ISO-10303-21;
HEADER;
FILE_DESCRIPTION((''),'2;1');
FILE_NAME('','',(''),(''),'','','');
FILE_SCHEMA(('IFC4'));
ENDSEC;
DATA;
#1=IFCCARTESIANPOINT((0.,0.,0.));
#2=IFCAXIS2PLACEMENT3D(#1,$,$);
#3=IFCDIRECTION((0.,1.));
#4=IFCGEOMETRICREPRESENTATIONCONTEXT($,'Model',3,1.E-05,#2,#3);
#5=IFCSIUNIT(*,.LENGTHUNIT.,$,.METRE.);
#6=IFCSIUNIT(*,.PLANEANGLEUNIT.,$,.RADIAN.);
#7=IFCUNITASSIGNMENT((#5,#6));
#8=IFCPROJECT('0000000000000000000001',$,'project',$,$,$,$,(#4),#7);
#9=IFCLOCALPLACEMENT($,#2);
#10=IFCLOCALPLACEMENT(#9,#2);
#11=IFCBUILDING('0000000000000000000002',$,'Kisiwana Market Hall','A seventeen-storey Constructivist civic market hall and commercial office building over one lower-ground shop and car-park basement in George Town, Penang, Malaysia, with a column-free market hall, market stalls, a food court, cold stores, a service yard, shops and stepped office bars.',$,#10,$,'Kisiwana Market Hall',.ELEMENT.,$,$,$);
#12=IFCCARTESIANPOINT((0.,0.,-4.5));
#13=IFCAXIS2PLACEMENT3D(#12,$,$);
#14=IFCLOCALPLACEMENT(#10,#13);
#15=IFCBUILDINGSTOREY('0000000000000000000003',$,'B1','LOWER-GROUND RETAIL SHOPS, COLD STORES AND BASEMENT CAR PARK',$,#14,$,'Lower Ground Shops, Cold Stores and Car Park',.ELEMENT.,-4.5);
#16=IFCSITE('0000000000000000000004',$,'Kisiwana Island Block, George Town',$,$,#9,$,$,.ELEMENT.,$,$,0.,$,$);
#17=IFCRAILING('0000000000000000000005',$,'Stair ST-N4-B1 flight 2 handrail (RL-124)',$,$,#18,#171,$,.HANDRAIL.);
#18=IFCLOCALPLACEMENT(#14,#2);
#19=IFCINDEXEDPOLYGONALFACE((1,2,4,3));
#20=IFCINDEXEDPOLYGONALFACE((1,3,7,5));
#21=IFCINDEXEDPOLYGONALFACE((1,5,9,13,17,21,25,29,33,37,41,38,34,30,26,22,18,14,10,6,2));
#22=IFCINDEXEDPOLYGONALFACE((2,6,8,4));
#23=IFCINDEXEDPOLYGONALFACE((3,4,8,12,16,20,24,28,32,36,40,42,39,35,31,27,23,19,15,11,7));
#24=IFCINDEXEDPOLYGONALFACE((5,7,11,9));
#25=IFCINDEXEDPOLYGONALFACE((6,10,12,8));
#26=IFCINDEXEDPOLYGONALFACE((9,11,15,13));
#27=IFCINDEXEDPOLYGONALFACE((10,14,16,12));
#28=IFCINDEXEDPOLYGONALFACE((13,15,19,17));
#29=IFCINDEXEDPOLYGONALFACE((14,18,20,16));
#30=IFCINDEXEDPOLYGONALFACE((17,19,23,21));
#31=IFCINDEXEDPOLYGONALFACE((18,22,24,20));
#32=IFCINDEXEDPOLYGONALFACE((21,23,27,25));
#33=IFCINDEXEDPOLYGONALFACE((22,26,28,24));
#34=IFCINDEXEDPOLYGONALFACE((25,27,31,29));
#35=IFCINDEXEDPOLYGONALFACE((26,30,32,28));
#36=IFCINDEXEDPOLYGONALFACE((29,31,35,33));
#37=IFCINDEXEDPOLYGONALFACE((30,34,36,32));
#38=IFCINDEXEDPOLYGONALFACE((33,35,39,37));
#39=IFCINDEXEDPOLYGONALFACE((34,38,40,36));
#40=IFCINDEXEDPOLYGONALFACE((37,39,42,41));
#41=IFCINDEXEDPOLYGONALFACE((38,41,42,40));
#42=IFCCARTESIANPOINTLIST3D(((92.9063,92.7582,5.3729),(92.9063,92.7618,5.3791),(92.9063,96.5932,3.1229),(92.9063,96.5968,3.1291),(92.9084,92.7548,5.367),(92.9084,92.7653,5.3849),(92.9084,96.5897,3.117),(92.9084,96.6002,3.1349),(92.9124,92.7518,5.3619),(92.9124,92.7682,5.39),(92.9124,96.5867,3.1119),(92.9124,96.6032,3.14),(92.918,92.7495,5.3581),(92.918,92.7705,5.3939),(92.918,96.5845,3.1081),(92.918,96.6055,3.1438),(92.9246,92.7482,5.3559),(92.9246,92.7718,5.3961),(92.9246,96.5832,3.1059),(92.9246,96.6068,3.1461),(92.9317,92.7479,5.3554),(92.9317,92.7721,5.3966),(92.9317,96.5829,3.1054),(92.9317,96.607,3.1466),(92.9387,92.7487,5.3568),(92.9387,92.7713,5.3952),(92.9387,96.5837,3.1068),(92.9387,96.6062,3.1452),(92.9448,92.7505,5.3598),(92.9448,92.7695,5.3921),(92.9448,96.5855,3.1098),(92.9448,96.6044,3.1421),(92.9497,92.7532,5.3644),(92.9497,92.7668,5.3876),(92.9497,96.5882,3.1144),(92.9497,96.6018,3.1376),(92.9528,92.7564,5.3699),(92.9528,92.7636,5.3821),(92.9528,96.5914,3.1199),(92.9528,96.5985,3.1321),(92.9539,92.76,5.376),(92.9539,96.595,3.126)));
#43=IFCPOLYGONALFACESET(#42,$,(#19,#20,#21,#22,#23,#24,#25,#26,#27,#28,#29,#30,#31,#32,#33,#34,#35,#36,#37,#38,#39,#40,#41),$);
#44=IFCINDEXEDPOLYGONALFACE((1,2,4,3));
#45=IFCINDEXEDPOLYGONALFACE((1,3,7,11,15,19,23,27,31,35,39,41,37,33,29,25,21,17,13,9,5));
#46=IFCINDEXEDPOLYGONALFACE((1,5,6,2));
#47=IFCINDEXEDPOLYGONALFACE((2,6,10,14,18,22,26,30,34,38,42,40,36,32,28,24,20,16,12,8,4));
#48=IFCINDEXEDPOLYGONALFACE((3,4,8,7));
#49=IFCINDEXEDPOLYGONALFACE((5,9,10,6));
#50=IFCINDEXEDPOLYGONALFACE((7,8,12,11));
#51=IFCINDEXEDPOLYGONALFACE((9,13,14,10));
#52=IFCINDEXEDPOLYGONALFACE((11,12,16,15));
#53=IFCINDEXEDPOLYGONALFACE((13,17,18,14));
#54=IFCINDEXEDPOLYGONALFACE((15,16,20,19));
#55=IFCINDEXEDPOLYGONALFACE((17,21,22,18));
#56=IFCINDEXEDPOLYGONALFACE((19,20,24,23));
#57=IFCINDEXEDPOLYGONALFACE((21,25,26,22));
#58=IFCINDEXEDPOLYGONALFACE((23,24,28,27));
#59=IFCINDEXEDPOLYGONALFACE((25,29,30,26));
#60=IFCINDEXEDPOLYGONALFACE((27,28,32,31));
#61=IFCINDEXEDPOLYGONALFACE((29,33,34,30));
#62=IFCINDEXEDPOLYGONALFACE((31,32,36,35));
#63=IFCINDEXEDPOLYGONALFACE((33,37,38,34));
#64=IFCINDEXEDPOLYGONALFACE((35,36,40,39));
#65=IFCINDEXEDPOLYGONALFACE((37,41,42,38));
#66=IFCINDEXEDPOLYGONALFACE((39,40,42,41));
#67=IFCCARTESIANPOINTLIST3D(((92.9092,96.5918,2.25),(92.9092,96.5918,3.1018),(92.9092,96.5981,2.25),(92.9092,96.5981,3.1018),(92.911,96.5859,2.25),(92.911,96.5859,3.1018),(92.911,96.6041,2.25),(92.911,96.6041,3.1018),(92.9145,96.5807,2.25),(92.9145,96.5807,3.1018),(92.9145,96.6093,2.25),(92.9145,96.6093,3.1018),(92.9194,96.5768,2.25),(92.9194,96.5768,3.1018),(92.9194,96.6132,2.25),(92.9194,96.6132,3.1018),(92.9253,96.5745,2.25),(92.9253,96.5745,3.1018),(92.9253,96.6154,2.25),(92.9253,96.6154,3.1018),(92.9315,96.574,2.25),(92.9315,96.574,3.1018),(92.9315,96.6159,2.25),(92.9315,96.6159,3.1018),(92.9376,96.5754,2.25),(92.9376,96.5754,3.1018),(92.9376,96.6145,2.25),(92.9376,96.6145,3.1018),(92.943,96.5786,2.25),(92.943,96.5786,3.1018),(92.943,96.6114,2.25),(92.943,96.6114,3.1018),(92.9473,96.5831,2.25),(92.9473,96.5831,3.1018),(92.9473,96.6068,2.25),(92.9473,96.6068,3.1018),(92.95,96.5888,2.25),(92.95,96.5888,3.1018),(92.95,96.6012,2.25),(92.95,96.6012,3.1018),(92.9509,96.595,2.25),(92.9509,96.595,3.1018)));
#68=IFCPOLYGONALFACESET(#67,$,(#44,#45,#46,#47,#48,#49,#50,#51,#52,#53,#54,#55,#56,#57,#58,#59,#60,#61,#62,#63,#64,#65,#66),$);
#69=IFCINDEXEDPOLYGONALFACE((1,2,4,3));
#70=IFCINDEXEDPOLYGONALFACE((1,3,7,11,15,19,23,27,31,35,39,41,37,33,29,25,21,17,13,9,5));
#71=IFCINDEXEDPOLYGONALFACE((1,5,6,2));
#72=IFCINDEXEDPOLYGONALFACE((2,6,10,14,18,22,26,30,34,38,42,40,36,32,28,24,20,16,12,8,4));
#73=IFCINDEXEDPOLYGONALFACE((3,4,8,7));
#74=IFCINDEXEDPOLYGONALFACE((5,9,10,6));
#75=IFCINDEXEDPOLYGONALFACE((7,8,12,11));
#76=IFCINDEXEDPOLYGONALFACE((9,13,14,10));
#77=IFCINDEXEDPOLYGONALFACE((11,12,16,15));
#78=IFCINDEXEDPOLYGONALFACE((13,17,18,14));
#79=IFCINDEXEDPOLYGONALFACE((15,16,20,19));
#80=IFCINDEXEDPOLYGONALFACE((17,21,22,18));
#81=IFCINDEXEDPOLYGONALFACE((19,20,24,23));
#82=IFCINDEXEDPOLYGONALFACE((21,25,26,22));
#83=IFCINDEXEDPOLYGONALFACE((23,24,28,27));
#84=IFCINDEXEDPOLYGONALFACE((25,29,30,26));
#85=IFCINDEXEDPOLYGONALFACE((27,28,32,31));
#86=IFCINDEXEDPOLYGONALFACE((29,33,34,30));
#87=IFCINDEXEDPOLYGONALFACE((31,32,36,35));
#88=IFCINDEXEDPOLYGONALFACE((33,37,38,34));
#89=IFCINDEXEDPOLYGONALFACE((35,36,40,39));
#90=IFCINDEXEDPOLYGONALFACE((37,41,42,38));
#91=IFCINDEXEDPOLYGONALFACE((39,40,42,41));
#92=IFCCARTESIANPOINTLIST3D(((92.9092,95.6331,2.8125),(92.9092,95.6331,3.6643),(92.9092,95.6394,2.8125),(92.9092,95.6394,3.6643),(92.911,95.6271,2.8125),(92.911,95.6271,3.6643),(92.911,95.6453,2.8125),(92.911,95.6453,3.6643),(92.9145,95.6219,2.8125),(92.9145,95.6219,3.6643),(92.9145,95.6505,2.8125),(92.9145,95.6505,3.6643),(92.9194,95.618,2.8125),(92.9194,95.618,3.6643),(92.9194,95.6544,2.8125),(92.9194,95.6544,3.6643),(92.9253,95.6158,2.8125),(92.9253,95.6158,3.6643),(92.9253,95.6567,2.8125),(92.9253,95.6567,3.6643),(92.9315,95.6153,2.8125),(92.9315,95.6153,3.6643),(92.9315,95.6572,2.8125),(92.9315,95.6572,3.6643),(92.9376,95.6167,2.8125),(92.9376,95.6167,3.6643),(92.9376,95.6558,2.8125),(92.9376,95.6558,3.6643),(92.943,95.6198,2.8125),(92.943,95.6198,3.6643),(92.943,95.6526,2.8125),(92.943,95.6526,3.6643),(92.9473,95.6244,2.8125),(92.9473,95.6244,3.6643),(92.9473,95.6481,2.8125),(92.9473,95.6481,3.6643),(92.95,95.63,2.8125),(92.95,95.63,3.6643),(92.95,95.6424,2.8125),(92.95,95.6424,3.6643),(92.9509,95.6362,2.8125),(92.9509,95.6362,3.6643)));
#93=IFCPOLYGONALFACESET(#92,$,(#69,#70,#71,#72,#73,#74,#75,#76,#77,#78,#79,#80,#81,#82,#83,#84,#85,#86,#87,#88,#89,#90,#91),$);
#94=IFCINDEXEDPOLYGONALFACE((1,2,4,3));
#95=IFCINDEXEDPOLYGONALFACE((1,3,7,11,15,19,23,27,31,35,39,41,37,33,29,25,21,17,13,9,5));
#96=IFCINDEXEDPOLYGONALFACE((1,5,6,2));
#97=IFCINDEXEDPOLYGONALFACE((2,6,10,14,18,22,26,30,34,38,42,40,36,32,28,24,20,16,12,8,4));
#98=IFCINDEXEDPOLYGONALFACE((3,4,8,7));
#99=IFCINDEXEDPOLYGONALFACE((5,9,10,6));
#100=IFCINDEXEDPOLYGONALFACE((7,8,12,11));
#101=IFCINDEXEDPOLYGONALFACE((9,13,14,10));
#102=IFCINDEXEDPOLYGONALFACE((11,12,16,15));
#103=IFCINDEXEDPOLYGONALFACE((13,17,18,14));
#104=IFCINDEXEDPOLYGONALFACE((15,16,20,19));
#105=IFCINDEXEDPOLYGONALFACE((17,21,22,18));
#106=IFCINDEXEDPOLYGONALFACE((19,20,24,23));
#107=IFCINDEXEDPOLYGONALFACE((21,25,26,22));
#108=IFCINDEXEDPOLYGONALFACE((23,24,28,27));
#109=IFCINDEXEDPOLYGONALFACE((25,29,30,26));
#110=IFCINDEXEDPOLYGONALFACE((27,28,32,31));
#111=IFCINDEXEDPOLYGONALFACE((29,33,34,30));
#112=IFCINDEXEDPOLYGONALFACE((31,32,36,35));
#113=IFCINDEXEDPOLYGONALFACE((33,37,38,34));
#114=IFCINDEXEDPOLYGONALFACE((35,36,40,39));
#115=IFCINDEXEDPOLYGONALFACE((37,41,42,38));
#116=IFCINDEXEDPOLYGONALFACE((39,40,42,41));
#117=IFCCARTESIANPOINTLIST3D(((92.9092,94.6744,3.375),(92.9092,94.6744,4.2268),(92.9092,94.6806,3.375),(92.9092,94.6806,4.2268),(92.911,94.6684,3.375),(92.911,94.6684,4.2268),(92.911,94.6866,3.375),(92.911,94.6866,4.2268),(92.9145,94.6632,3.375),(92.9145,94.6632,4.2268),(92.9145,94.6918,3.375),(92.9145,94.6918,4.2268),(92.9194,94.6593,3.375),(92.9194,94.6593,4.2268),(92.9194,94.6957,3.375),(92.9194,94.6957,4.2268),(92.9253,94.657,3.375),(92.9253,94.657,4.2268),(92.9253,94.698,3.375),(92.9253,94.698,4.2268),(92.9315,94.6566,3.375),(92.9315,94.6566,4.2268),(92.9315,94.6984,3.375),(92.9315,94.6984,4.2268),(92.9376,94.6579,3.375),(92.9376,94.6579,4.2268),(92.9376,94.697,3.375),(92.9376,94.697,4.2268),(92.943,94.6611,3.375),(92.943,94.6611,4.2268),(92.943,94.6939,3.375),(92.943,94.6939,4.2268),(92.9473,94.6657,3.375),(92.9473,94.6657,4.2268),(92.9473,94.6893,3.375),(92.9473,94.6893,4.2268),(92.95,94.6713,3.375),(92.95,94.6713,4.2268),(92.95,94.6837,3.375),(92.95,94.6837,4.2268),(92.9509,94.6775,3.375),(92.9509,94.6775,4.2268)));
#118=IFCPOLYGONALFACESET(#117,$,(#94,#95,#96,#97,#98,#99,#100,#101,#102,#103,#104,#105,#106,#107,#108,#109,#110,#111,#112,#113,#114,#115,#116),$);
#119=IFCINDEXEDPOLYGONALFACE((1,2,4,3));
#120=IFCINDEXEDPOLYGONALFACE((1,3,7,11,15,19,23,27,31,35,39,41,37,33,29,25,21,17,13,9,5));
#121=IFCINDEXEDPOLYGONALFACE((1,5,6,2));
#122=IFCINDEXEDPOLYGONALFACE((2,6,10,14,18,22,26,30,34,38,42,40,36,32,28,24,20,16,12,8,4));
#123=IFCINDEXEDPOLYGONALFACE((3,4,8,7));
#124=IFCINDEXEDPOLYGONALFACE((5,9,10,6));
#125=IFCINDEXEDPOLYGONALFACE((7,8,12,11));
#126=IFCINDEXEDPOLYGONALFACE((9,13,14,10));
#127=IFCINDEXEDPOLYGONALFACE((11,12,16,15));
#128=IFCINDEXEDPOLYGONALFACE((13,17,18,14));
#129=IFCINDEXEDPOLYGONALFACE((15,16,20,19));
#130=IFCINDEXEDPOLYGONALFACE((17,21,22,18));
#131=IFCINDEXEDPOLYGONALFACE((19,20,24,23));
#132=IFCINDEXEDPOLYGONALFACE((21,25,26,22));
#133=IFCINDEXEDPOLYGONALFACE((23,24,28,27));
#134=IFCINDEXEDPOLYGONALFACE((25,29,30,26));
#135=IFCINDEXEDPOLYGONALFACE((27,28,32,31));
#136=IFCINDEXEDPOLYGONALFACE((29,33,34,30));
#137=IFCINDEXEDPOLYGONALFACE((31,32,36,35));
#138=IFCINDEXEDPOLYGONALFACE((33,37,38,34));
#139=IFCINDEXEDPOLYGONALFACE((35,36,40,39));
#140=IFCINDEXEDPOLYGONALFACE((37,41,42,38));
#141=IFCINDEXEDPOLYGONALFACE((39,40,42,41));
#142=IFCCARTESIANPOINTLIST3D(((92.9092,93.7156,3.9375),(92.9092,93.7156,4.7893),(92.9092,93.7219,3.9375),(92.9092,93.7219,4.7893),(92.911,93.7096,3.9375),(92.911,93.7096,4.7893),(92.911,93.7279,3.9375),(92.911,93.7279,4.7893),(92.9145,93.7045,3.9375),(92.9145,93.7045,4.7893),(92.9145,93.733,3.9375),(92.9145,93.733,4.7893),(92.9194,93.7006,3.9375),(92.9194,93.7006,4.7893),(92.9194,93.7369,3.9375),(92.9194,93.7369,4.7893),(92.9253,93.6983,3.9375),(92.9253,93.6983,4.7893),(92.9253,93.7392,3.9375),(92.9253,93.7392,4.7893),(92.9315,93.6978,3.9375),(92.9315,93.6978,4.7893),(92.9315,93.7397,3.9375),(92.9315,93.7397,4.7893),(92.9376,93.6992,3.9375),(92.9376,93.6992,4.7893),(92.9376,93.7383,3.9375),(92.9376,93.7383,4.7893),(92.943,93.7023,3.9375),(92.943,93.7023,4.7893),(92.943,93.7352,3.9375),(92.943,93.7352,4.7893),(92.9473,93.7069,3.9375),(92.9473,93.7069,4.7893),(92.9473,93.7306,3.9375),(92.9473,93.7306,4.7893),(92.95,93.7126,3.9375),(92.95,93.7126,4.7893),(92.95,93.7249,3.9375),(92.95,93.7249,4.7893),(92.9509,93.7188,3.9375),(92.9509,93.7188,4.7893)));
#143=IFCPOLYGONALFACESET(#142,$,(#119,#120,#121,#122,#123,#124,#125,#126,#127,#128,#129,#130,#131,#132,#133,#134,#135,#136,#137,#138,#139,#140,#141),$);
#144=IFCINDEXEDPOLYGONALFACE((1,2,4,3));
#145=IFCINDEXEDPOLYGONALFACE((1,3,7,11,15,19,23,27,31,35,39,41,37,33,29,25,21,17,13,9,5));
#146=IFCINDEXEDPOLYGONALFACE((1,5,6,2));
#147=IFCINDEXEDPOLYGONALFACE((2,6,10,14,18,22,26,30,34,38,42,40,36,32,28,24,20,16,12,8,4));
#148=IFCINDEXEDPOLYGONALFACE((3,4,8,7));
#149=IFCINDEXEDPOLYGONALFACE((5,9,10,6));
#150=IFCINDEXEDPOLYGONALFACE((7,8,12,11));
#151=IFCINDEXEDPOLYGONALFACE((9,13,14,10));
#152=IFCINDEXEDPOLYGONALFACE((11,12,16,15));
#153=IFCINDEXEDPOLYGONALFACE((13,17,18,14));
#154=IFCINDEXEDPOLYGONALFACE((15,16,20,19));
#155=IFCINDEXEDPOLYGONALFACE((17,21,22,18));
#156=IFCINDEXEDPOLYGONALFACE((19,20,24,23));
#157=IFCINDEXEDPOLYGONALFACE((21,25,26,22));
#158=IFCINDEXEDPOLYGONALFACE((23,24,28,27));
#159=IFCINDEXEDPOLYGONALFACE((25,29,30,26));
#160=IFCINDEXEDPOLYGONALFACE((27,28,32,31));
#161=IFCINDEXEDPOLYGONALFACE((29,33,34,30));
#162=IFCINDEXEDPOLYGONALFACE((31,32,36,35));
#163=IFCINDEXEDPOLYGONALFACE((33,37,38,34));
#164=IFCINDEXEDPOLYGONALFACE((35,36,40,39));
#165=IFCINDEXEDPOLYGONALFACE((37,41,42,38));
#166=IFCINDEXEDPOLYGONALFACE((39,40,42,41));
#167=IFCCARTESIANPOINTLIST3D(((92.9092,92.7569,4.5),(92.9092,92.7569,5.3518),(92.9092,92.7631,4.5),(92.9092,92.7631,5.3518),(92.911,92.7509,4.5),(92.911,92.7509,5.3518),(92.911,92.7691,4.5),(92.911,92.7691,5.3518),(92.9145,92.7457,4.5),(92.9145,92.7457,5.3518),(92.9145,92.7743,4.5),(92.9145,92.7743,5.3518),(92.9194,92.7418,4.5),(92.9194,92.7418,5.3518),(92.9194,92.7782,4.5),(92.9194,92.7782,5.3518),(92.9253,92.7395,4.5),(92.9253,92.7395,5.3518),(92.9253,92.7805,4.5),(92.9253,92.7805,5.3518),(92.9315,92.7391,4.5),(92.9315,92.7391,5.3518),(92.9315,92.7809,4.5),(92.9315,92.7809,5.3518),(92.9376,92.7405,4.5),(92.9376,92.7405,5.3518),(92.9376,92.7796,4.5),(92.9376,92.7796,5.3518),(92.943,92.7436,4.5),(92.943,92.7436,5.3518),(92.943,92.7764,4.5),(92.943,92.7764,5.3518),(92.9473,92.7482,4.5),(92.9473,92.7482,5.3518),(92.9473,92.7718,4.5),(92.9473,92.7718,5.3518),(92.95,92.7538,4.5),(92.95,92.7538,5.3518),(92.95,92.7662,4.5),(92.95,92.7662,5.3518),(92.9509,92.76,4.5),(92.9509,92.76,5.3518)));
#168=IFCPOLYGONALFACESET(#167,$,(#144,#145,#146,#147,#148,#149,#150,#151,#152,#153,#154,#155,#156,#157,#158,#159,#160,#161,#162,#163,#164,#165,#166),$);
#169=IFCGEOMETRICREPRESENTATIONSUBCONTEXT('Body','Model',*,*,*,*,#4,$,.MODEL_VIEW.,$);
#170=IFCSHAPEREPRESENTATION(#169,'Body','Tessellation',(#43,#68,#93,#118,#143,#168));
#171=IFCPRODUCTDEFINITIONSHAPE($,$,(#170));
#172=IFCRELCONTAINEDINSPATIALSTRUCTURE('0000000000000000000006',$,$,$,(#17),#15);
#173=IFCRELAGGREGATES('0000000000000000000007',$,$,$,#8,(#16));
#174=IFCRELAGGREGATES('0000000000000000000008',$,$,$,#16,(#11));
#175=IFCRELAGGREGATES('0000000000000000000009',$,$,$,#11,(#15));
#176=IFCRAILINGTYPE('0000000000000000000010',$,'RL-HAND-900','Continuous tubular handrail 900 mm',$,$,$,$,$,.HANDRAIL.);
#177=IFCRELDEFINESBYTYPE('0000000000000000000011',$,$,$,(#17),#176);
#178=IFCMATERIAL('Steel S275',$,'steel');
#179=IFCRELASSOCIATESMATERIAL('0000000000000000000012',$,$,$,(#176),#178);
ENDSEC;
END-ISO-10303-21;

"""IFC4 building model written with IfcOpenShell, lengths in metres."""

from ifc_helpers import new_model, si_unit, direction, frame, origin, origin_2d, place, context, subcontext, project, spatial, circle, extrude, material, type_object, element, save


model = new_model("IFC4")

# Units and contexts
model_context = context("Model", 3, precision=1e-05, world=origin(), true_north=direction((0.0, 1.0)))
body_context = subcontext(model_context, "Body", "Model", "MODEL_VIEW")
ifc_project = project(units=[si_unit("LENGTHUNIT", "METRE"), si_unit("PLANEANGLEUNIT", "RADIAN")], contexts=[model_context])

# Site, building, storey
site_placement = place(None, origin())
site = spatial("IfcSite", under=ifc_project, at=site_placement, Name="Kisiwana Island Block, George Town", CompositionType="ELEMENT", RefElevation=0.0)
building_placement = place(site_placement, origin())
building = spatial("IfcBuilding", under=site, at=building_placement, Name="Kisiwana Market Hall", Description="A seventeen-storey Constructivist civic market hall and commercial office building over one lower-ground shop and car-park basement in George Town, Penang, Malaysia, with a column-free market hall, market stalls, a food court, cold stores, a service yard, shops and stepped office bars.", LongName="Kisiwana Market Hall", CompositionType="ELEMENT")
storey_placement = place(building_placement, frame((0.0, 0.0, -4.5)))
storey = spatial("IfcBuildingStorey", under=building, at=storey_placement, Name="B1", Description="LOWER-GROUND RETAIL SHOPS, COLD STORES AND BASEMENT CAR PARK", LongName="Lower Ground Shops, Cold Stores and Car Park", CompositionType="ELEMENT", Elevation=-4.5)

# Railing
ifc_material_1 = material(Name="Steel S275", Category="steel")
railing_type_1 = type_object("IfcRailingType", Name="RL-HAND-900", Description="Continuous tubular handrail 900 mm", PredefinedType="HANDRAIL", material=ifc_material_1)
railing_1_placement = place(storey_placement, frame((92.9299, 96.595, 2.25)))
element("IfcRailing", 1, at=railing_1_placement, inside=storey, type_object=railing_type_1, Name="Stair ST-N4-B1 flight 2 handrail (RL-124)", PredefinedType="HANDRAIL", context=body_context, shape_type="SweptSolid", body=[
    extrude(circle(Radius=0.0239, at=origin_2d()), frame((0.0, 0.0, 0.876), z_axis=(0.0, -0.86251, 0.506041), x_axis=(1.0, 0.0, 0.0)), (0.0, 0.0, 1.0), 4.4463),
    extrude(circle(Radius=0.021, at=origin_2d()), origin(), (0.0, 0.0, 1.0), 0.8518),
    extrude(circle(Radius=0.021, at=origin_2d()), frame((0.0, -0.9587, 0.5625)), (0.0, 0.0, 1.0), 0.8518),
    extrude(circle(Radius=0.021, at=origin_2d()), frame((0.0, -1.9175, 1.125)), (0.0, 0.0, 1.0), 0.8518),
    extrude(circle(Radius=0.021, at=origin_2d()), frame((0.0, -2.8762, 1.6875)), (0.0, 0.0, 1.0), 0.8518),
    extrude(circle(Radius=0.021, at=origin_2d()), frame((0.0, -3.835, 2.25)), (0.0, 0.0, 1.0), 0.8518),
])

save(model, "model.ifc")
